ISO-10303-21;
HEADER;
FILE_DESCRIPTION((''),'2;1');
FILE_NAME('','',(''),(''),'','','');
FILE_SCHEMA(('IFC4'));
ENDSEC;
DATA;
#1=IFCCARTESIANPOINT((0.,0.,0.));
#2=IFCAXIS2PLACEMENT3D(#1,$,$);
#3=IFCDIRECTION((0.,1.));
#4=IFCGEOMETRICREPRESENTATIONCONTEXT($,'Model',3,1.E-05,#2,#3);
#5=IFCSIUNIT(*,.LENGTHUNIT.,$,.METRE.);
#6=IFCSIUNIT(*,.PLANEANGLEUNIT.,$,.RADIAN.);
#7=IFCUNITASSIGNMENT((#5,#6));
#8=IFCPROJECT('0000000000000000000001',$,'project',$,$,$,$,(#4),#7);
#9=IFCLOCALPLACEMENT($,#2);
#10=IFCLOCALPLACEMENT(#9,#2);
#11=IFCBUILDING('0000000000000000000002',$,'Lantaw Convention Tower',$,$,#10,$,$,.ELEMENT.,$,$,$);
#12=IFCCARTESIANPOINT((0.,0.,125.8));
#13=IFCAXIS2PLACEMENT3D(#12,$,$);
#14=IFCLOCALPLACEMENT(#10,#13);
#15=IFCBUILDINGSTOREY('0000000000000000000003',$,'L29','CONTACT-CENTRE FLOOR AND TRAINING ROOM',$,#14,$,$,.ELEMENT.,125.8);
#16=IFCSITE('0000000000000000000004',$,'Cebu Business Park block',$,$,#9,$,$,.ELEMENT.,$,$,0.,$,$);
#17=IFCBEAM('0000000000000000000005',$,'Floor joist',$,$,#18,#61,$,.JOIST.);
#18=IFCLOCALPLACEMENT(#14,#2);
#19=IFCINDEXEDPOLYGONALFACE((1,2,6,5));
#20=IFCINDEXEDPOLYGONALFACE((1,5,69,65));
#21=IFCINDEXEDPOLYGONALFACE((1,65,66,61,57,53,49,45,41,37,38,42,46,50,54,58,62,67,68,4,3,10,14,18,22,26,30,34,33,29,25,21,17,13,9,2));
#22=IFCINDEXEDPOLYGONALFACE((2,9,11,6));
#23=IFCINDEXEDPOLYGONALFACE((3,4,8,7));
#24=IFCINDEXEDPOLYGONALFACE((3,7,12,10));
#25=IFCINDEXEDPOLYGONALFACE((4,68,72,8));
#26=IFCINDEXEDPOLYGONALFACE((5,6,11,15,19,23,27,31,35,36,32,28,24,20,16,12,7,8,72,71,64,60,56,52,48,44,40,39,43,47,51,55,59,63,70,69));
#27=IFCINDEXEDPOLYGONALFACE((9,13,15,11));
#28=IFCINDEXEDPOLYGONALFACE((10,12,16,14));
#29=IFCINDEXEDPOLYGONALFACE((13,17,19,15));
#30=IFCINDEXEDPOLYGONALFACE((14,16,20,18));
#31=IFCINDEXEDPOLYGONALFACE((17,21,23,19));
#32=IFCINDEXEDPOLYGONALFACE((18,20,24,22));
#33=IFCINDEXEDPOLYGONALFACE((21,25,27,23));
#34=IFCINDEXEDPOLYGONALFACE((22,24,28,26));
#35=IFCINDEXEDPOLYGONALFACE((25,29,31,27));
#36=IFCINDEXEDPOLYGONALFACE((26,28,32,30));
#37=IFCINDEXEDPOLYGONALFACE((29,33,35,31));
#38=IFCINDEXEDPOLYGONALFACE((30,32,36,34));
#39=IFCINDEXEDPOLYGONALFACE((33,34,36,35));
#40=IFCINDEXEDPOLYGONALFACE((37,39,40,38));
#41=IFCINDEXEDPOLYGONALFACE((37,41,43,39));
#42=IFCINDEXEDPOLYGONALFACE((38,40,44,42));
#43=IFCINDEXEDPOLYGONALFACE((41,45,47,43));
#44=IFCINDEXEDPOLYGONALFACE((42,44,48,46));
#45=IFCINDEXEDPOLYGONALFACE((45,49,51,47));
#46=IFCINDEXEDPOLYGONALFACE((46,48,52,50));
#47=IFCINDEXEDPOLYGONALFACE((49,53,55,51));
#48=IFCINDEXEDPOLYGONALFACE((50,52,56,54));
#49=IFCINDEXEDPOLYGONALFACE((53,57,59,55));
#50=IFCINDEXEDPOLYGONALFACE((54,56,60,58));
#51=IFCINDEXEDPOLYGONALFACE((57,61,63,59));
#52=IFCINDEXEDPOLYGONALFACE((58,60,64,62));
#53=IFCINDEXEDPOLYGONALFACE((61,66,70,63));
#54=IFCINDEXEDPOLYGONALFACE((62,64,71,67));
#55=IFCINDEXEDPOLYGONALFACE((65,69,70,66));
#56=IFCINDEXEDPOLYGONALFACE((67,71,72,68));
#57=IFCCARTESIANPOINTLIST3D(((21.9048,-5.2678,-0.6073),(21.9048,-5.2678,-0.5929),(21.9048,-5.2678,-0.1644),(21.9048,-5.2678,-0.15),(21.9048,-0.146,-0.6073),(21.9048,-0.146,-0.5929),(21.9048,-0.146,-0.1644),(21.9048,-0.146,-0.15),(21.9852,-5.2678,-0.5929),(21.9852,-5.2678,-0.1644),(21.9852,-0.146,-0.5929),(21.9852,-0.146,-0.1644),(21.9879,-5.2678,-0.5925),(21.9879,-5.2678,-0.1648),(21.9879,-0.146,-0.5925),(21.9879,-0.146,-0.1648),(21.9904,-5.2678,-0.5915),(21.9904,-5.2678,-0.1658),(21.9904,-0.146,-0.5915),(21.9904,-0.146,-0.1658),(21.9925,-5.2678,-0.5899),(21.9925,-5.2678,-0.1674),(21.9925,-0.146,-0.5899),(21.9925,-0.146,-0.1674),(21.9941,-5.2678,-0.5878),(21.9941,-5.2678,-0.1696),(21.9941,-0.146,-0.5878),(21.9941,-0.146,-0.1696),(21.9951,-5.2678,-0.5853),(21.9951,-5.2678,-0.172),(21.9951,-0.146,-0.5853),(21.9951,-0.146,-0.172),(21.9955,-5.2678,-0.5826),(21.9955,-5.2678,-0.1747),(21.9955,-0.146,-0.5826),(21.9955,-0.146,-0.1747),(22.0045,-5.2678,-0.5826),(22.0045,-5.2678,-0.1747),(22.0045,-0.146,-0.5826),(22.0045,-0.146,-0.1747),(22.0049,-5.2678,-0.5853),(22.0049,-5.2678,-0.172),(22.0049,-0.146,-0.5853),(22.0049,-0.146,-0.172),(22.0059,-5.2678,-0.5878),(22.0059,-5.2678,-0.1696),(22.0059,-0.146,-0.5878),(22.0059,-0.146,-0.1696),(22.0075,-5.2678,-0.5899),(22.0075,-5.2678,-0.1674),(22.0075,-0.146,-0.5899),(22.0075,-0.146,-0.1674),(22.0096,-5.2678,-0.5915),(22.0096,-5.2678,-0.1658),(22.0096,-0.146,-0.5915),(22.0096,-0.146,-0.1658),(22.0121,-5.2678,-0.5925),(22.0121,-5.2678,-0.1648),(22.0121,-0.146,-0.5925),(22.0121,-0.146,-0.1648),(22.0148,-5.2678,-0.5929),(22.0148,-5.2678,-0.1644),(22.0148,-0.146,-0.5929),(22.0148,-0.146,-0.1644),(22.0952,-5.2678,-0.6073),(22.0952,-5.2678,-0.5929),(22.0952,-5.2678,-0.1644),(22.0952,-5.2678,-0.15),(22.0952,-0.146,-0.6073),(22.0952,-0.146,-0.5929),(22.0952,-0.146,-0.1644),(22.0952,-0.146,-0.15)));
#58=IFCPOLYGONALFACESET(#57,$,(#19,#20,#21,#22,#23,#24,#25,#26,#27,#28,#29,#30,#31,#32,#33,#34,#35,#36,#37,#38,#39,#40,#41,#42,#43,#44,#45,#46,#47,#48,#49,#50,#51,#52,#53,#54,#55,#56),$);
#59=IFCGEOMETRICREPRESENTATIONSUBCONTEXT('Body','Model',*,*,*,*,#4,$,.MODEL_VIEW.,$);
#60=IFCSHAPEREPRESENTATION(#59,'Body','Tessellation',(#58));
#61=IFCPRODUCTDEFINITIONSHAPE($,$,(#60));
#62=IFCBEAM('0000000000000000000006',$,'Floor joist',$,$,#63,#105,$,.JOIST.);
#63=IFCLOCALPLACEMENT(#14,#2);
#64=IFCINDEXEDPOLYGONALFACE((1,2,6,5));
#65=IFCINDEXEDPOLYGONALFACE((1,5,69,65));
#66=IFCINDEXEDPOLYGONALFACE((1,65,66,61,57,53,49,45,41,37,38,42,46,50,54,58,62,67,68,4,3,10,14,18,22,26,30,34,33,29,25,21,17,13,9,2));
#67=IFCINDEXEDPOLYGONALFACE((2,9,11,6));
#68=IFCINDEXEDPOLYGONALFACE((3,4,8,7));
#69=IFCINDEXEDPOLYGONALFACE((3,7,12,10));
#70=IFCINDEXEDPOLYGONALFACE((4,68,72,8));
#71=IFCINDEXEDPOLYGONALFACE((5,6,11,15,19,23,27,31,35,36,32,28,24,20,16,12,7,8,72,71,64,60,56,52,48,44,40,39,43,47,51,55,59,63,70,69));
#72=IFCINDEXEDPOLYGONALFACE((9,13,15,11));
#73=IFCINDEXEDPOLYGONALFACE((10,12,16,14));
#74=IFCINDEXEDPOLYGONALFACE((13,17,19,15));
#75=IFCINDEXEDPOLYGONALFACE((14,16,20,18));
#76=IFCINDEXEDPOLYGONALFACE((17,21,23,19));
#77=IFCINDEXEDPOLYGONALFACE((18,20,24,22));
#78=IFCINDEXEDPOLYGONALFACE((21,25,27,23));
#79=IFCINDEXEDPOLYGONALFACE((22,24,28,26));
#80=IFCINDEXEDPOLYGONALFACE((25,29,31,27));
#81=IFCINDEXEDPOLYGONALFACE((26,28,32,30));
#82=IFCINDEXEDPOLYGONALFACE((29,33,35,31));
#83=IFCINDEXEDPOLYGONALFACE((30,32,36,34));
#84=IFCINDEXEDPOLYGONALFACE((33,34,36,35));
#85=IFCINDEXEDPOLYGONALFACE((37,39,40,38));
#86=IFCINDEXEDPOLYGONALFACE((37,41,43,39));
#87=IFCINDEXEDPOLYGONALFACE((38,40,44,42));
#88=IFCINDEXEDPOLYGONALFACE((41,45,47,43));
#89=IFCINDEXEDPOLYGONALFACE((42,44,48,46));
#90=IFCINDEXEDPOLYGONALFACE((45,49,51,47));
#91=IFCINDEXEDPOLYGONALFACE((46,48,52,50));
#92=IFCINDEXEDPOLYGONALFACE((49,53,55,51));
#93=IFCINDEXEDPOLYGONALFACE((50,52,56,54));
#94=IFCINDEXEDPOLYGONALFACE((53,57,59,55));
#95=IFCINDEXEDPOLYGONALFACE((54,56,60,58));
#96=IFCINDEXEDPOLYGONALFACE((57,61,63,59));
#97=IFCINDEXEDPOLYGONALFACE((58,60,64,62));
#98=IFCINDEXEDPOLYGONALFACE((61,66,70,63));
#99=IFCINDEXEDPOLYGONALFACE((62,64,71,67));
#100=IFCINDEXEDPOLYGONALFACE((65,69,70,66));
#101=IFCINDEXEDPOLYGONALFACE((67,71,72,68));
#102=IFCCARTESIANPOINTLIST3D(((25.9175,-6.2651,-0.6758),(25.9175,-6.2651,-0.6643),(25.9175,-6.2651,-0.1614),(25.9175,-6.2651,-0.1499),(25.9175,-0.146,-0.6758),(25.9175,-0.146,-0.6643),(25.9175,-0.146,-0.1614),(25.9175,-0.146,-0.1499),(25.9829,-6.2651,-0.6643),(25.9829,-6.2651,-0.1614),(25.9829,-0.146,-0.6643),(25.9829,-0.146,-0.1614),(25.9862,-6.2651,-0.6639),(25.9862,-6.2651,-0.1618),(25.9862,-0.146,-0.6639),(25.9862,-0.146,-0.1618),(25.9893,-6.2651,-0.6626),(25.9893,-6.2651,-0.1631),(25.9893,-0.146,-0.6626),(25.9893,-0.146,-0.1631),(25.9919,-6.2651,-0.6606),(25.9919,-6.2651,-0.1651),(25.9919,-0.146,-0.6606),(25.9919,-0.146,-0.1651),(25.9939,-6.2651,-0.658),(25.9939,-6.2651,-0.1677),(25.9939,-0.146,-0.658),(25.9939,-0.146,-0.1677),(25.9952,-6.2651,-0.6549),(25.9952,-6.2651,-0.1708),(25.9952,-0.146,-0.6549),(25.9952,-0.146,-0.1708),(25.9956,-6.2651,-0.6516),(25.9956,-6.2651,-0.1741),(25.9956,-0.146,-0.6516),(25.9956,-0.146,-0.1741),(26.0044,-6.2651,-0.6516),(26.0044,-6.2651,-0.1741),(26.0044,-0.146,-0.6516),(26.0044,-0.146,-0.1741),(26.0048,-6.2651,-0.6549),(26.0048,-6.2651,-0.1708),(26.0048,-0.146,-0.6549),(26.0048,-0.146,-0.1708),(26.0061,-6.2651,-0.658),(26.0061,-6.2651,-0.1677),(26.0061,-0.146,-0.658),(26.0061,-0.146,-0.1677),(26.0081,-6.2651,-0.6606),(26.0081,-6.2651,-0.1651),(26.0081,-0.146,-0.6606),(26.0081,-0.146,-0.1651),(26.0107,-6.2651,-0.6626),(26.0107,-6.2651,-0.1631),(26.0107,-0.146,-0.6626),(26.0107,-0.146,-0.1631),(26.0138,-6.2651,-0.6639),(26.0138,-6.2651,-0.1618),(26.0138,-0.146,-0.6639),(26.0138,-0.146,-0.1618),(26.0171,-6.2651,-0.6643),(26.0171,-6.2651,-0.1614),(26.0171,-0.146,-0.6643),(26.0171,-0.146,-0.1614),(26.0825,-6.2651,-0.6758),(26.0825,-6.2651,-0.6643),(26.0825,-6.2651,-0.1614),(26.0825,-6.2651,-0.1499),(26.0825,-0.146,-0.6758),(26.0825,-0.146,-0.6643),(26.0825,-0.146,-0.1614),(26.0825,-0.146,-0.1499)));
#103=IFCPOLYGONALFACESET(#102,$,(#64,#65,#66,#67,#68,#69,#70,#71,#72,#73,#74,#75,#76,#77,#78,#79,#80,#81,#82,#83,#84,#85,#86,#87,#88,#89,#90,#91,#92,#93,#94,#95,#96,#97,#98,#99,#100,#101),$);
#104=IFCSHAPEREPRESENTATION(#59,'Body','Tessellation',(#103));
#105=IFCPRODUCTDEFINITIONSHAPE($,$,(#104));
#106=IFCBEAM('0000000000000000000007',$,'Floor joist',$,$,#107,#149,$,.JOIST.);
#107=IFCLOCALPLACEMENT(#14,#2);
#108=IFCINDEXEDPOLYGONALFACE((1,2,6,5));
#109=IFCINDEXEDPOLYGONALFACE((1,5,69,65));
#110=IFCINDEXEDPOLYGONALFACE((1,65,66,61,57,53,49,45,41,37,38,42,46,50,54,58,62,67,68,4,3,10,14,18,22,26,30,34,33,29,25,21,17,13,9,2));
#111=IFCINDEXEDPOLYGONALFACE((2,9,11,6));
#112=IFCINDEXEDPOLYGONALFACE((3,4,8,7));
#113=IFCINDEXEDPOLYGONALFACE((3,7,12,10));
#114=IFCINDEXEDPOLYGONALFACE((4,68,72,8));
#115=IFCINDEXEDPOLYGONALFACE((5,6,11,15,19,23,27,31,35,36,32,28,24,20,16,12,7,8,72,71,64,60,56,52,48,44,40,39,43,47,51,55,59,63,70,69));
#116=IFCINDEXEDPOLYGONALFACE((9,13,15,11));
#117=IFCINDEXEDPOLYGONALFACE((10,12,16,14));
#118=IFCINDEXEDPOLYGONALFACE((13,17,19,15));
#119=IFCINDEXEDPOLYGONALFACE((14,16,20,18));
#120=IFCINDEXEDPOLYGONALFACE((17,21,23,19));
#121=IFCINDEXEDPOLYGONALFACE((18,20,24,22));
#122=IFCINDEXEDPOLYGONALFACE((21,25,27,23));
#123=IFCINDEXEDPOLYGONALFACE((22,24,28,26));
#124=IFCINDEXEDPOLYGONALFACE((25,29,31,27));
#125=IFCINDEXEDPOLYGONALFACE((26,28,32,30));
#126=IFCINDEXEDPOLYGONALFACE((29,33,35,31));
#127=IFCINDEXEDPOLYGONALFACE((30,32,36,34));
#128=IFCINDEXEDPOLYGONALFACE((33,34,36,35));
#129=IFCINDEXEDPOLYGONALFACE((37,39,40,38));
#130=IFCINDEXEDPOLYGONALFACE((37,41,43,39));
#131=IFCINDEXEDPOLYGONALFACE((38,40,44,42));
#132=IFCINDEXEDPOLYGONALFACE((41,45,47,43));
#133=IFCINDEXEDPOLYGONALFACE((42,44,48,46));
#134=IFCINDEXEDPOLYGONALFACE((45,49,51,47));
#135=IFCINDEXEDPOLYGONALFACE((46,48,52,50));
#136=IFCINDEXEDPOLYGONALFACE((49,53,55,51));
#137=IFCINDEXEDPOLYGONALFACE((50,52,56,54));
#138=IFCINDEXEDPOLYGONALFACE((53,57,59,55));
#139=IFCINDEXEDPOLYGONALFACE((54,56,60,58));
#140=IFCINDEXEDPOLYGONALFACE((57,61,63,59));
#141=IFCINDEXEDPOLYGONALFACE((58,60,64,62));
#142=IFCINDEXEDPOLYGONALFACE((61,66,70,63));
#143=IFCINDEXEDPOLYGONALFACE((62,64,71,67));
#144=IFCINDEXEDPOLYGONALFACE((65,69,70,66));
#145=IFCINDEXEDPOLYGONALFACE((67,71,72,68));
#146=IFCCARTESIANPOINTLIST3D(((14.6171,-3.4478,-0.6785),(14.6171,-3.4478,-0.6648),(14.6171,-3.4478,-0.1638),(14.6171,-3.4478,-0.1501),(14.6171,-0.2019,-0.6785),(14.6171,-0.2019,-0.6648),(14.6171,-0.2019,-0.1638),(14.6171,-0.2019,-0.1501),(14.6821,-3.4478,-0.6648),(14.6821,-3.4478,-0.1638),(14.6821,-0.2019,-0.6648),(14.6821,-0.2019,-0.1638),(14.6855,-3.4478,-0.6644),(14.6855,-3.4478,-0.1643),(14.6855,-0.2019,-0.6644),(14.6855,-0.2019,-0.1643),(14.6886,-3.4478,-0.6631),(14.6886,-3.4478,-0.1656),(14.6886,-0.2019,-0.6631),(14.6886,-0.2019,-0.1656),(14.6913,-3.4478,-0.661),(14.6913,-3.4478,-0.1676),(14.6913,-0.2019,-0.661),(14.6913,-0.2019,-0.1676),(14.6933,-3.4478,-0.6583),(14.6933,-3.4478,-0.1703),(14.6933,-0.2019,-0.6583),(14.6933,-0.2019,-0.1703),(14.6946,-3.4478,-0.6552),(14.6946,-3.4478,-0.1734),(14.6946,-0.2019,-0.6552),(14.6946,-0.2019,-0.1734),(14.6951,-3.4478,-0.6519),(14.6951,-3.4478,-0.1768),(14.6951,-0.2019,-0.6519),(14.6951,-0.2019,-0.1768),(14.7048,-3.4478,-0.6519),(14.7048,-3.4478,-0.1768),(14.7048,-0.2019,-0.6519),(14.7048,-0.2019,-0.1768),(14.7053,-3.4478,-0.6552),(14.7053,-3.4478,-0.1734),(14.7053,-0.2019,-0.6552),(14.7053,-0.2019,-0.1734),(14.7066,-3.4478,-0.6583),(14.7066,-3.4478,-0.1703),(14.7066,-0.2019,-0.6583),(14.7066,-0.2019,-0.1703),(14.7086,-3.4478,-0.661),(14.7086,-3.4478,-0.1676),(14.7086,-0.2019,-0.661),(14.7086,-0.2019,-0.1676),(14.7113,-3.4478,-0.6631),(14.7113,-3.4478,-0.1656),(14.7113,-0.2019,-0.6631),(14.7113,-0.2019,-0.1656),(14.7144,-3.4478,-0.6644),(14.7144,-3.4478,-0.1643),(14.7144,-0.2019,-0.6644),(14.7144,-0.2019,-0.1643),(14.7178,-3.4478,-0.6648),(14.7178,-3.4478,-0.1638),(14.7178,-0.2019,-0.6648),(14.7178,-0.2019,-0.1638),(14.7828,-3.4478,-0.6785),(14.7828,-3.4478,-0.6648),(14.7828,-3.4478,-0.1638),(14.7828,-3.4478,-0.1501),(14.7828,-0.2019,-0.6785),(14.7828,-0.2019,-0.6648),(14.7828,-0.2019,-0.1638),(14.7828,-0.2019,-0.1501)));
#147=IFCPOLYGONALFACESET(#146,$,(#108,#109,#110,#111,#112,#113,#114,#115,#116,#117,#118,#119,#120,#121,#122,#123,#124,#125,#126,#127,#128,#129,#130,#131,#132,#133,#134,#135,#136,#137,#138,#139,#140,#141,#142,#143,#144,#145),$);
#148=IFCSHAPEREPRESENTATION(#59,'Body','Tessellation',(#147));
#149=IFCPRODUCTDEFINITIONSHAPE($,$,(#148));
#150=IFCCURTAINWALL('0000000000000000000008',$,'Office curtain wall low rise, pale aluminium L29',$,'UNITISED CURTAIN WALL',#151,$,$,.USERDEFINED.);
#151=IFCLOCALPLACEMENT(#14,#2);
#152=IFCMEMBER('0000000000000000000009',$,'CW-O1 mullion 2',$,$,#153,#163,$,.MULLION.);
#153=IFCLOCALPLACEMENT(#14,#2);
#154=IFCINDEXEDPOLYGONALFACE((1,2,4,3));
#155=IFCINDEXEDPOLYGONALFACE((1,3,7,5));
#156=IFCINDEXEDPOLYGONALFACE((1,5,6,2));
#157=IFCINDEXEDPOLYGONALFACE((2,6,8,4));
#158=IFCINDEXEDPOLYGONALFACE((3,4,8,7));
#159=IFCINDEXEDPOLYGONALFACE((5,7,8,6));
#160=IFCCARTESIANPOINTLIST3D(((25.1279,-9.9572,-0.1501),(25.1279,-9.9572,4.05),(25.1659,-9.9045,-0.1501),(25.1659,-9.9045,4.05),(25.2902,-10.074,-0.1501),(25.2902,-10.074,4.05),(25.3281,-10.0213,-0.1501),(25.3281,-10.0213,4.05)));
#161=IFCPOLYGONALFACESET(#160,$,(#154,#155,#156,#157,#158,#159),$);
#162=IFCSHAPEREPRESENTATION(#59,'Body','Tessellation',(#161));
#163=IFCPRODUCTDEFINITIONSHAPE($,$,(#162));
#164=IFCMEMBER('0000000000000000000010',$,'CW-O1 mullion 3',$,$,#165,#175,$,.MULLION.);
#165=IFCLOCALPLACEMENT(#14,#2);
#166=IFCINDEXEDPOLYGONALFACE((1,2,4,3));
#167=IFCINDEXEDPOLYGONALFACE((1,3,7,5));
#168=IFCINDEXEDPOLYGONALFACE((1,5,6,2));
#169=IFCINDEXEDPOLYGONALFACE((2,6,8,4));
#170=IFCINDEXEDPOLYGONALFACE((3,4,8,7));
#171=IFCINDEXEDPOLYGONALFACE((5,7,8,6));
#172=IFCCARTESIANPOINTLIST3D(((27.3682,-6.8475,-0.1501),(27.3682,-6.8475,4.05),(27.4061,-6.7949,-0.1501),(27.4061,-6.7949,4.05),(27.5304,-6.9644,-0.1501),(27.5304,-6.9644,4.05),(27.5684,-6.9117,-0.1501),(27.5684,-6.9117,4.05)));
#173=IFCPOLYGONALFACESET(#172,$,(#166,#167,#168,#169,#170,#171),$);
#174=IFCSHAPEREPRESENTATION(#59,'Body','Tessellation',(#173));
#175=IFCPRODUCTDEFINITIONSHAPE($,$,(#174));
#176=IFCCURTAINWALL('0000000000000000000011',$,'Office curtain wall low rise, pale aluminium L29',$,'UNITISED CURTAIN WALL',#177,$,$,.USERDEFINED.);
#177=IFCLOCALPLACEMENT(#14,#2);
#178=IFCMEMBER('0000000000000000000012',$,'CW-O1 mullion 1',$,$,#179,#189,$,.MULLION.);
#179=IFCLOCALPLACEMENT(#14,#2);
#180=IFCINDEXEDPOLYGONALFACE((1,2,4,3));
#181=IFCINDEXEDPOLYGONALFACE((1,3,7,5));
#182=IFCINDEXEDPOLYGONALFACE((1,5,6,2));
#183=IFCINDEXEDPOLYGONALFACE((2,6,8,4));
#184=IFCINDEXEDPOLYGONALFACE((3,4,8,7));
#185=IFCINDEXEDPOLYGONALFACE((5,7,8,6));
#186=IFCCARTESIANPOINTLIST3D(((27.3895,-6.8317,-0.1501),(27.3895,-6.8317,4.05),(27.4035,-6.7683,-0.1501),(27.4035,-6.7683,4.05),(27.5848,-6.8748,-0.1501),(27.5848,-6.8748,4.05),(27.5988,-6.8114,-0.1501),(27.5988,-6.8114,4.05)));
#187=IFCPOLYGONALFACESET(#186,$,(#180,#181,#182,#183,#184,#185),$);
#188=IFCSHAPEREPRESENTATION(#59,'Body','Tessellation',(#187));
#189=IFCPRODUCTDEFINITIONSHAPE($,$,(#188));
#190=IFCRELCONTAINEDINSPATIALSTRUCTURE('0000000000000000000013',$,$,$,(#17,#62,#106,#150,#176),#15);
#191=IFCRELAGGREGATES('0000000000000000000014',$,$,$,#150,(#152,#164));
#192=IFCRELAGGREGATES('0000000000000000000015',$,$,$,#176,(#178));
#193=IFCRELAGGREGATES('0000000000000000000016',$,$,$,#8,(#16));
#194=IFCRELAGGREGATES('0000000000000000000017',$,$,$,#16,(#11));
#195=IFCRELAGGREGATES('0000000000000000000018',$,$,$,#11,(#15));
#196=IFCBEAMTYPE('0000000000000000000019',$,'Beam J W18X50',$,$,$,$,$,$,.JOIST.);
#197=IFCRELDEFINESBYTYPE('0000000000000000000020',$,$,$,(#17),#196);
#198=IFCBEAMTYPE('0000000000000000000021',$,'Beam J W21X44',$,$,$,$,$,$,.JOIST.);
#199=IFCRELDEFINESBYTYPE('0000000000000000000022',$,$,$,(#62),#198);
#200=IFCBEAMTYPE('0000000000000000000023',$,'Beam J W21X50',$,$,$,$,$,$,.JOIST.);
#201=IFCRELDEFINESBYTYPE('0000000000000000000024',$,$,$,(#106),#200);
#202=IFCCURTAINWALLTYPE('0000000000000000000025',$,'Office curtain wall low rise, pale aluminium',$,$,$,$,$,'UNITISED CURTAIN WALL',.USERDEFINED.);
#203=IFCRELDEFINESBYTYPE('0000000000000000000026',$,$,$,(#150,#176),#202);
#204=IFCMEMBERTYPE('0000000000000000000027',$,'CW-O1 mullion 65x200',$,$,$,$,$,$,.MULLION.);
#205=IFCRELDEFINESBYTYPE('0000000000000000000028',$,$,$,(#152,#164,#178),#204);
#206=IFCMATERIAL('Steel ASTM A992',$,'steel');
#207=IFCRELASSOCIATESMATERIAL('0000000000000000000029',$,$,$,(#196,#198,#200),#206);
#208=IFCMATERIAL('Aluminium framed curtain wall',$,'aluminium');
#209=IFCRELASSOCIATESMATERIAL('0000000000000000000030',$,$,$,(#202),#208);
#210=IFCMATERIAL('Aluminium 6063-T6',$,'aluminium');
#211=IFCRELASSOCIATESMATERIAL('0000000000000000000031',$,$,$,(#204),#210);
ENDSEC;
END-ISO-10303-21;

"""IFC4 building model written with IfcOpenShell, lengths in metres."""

from ifc_helpers import new_model, si_unit, direction, frame, origin, origin_2d, place, context, subcontext, project, spatial, rectangle, i_section, extrude, material, material_profile, profile_set, type_object, element, aggregate, save


model = new_model("IFC4")

# Units and contexts
model_context = context("Model", 3, precision=1e-05, world=origin(), true_north=direction((0.0, 1.0)))
body_context = subcontext(model_context, "Body", "Model", "MODEL_VIEW")
ifc_project = project(units=[si_unit("LENGTHUNIT", "METRE"), si_unit("PLANEANGLEUNIT", "RADIAN")], contexts=[model_context])

# Site, building, storey
site_placement = place(None, origin())
site = spatial("IfcSite", under=ifc_project, at=site_placement, Name="Cebu Business Park block", CompositionType="ELEMENT", RefElevation=0.0)
building_placement = place(site_placement, origin())
building = spatial("IfcBuilding", under=site, at=building_placement, Name="Lantaw Convention Tower", CompositionType="ELEMENT")
storey_placement = place(building_placement, frame((0.0, 0.0, 125.8)))
storey = spatial("IfcBuildingStorey", under=building, at=storey_placement, Name="L29", Description="CONTACT-CENTRE FLOOR AND TRAINING ROOM", CompositionType="ELEMENT", Elevation=125.8)

# Beams
ifc_material_1 = material(Name="Steel ASTM A992", Category="steel")
ifc_material_profile_1 = material_profile(ifc_material_1, i_section(OverallWidth=0.1904, OverallDepth=0.4573, WebThickness=0.009, FlangeThickness=0.0144, FilletRadius=0.0103, at=origin_2d()), Name="W18X50")
ifc_profile_set_1 = profile_set([ifc_material_profile_1], Name="Steel ASTM A992")
beam_type_1 = type_object("IfcBeamType", Name="Beam J W18X50", PredefinedType="JOIST", material=ifc_profile_set_1)
beam_1_placement = place(storey_placement, frame((22.0, -5.2678, -0.3787), z_axis=(0.0, 1.0, 0.0), x_axis=(-1.0, 0.0, 0.0)))
element("IfcBeam", 1, at=beam_1_placement, inside=storey, type_object=beam_type_1, Name="Floor joist", PredefinedType="JOIST", context=body_context, shape_type="SweptSolid", body=[
    extrude(i_section(OverallWidth=0.1904, OverallDepth=0.4573, WebThickness=0.009, FlangeThickness=0.0144, FilletRadius=0.0103, at=origin_2d()), origin(), (0.0, 0.0, 1.0), 5.1218),
])
ifc_material_profile_2 = material_profile(ifc_material_1, i_section(OverallWidth=0.165, OverallDepth=0.5259, WebThickness=0.0088, FlangeThickness=0.0115, FilletRadius=0.0127, at=origin_2d()), Name="W21X44")
ifc_profile_set_2 = profile_set([ifc_material_profile_2], Name="Steel ASTM A992")
beam_type_2 = type_object("IfcBeamType", Name="Beam J W21X44", PredefinedType="JOIST", material=ifc_profile_set_2)
beam_2_placement = place(storey_placement, frame((26.0, -6.2651, -0.4128), z_axis=(0.0, 1.0, 0.0), x_axis=(-1.0, 0.0, 0.0)))
element("IfcBeam", 2, at=beam_2_placement, inside=storey, type_object=beam_type_2, Name="Floor joist", PredefinedType="JOIST", context=body_context, shape_type="SweptSolid", body=[
    extrude(i_section(OverallWidth=0.165, OverallDepth=0.5259, WebThickness=0.0088, FlangeThickness=0.0115, FilletRadius=0.0127, at=origin_2d()), origin(), (0.0, 0.0, 1.0), 6.1191),
])
ifc_material_profile_3 = material_profile(ifc_material_1, i_section(OverallWidth=0.1658, OverallDepth=0.5283, WebThickness=0.0098, FlangeThickness=0.0137, FilletRadius=0.0129, at=origin_2d()), Name="W21X50")
ifc_profile_set_3 = profile_set([ifc_material_profile_3], Name="Steel ASTM A992")
beam_type_3 = type_object("IfcBeamType", Name="Beam J W21X50", PredefinedType="JOIST", material=ifc_profile_set_3)
beam_3_placement = place(storey_placement, frame((14.7, -3.4478, -0.4143), z_axis=(0.0, 1.0, 0.0), x_axis=(-1.0, 0.0, 0.0)))
element("IfcBeam", 3, at=beam_3_placement, inside=storey, type_object=beam_type_3, Name="Floor joist", PredefinedType="JOIST", context=body_context, shape_type="SweptSolid", body=[
    extrude(i_section(OverallWidth=0.1658, OverallDepth=0.5283, WebThickness=0.0098, FlangeThickness=0.0137, FilletRadius=0.0129, at=origin_2d()), origin(), (0.0, 0.0, 1.0), 3.2458),
])

# Curtain walls, members
ifc_material_2 = material(Name="Aluminium framed curtain wall", Category="aluminium")
curtain_wall_type = type_object("IfcCurtainWallType", Name="Office curtain wall low rise, pale aluminium", ElementType="UNITISED CURTAIN WALL", PredefinedType="USERDEFINED", material=ifc_material_2)
curtain_wall_1_placement = place(storey_placement, origin())
curtain_wall_1 = element("IfcCurtainWall", 4, at=curtain_wall_1_placement, inside=storey, type_object=curtain_wall_type, Name="Office curtain wall low rise, pale aluminium L29", ObjectType="UNITISED CURTAIN WALL", PredefinedType="USERDEFINED")
ifc_material_3 = material(Name="Aluminium 6063-T6", Category="aluminium")
ifc_material_profile_4 = material_profile(ifc_material_3, rectangle(XDim=0.2, YDim=0.0649, at=origin_2d()), Name="CW-O1 mullion 65x200")
ifc_profile_set_4 = profile_set([ifc_material_profile_4], Name="Aluminium 6063-T6")
member_type_1 = type_object("IfcMemberType", Name="CW-O1 mullion 65x200", PredefinedType="MULLION", material=ifc_profile_set_4)
member_1_placement = place(storey_placement, frame((25.228, -9.9893, -0.1501), z_axis=(0.0, 0.0, 1.0), x_axis=(-0.811385, 0.584513, 0.0)))
member_1 = element("IfcMember", 5, at=member_1_placement, type_object=member_type_1, Name="CW-O1 mullion 2", PredefinedType="MULLION", context=body_context, shape_type="SweptSolid", body=[
    extrude(rectangle(XDim=0.2, YDim=0.0649, at=origin_2d()), origin(), (0.0, 0.0, 1.0), 4.2002),
])
member_2_placement = place(storey_placement, frame((27.4683, -6.8796, -0.1501), z_axis=(0.0, 0.0, 1.0), x_axis=(-0.811385, 0.584513, 0.0)))
member_2 = element("IfcMember", 6, at=member_2_placement, type_object=member_type_1, Name="CW-O1 mullion 3", PredefinedType="MULLION", context=body_context, shape_type="SweptSolid", body=[
    extrude(rectangle(XDim=0.2, YDim=0.0649, at=origin_2d()), origin(), (0.0, 0.0, 1.0), 4.2002),
])
curtain_wall_2_placement = place(storey_placement, origin())
curtain_wall_2 = element("IfcCurtainWall", 7, at=curtain_wall_2_placement, inside=storey, type_object=curtain_wall_type, Name="Office curtain wall low rise, pale aluminium L29", ObjectType="UNITISED CURTAIN WALL", PredefinedType="USERDEFINED")
member_3_placement = place(storey_placement, frame((27.4941, -6.8215, -0.1501), z_axis=(0.0, 0.0, 1.0), x_axis=(-0.976494, 0.215546, 0.0)))
member_3 = element("IfcMember", 8, at=member_3_placement, type_object=member_type_1, Name="CW-O1 mullion 1", PredefinedType="MULLION", context=body_context, shape_type="SweptSolid", body=[
    extrude(rectangle(XDim=0.2, YDim=0.0649, at=origin_2d()), origin(), (0.0, 0.0, 1.0), 4.2002),
])

aggregate(curtain_wall_1, [member_1, member_2])
aggregate(curtain_wall_2, [member_3])

save(model, "model.ifc")
